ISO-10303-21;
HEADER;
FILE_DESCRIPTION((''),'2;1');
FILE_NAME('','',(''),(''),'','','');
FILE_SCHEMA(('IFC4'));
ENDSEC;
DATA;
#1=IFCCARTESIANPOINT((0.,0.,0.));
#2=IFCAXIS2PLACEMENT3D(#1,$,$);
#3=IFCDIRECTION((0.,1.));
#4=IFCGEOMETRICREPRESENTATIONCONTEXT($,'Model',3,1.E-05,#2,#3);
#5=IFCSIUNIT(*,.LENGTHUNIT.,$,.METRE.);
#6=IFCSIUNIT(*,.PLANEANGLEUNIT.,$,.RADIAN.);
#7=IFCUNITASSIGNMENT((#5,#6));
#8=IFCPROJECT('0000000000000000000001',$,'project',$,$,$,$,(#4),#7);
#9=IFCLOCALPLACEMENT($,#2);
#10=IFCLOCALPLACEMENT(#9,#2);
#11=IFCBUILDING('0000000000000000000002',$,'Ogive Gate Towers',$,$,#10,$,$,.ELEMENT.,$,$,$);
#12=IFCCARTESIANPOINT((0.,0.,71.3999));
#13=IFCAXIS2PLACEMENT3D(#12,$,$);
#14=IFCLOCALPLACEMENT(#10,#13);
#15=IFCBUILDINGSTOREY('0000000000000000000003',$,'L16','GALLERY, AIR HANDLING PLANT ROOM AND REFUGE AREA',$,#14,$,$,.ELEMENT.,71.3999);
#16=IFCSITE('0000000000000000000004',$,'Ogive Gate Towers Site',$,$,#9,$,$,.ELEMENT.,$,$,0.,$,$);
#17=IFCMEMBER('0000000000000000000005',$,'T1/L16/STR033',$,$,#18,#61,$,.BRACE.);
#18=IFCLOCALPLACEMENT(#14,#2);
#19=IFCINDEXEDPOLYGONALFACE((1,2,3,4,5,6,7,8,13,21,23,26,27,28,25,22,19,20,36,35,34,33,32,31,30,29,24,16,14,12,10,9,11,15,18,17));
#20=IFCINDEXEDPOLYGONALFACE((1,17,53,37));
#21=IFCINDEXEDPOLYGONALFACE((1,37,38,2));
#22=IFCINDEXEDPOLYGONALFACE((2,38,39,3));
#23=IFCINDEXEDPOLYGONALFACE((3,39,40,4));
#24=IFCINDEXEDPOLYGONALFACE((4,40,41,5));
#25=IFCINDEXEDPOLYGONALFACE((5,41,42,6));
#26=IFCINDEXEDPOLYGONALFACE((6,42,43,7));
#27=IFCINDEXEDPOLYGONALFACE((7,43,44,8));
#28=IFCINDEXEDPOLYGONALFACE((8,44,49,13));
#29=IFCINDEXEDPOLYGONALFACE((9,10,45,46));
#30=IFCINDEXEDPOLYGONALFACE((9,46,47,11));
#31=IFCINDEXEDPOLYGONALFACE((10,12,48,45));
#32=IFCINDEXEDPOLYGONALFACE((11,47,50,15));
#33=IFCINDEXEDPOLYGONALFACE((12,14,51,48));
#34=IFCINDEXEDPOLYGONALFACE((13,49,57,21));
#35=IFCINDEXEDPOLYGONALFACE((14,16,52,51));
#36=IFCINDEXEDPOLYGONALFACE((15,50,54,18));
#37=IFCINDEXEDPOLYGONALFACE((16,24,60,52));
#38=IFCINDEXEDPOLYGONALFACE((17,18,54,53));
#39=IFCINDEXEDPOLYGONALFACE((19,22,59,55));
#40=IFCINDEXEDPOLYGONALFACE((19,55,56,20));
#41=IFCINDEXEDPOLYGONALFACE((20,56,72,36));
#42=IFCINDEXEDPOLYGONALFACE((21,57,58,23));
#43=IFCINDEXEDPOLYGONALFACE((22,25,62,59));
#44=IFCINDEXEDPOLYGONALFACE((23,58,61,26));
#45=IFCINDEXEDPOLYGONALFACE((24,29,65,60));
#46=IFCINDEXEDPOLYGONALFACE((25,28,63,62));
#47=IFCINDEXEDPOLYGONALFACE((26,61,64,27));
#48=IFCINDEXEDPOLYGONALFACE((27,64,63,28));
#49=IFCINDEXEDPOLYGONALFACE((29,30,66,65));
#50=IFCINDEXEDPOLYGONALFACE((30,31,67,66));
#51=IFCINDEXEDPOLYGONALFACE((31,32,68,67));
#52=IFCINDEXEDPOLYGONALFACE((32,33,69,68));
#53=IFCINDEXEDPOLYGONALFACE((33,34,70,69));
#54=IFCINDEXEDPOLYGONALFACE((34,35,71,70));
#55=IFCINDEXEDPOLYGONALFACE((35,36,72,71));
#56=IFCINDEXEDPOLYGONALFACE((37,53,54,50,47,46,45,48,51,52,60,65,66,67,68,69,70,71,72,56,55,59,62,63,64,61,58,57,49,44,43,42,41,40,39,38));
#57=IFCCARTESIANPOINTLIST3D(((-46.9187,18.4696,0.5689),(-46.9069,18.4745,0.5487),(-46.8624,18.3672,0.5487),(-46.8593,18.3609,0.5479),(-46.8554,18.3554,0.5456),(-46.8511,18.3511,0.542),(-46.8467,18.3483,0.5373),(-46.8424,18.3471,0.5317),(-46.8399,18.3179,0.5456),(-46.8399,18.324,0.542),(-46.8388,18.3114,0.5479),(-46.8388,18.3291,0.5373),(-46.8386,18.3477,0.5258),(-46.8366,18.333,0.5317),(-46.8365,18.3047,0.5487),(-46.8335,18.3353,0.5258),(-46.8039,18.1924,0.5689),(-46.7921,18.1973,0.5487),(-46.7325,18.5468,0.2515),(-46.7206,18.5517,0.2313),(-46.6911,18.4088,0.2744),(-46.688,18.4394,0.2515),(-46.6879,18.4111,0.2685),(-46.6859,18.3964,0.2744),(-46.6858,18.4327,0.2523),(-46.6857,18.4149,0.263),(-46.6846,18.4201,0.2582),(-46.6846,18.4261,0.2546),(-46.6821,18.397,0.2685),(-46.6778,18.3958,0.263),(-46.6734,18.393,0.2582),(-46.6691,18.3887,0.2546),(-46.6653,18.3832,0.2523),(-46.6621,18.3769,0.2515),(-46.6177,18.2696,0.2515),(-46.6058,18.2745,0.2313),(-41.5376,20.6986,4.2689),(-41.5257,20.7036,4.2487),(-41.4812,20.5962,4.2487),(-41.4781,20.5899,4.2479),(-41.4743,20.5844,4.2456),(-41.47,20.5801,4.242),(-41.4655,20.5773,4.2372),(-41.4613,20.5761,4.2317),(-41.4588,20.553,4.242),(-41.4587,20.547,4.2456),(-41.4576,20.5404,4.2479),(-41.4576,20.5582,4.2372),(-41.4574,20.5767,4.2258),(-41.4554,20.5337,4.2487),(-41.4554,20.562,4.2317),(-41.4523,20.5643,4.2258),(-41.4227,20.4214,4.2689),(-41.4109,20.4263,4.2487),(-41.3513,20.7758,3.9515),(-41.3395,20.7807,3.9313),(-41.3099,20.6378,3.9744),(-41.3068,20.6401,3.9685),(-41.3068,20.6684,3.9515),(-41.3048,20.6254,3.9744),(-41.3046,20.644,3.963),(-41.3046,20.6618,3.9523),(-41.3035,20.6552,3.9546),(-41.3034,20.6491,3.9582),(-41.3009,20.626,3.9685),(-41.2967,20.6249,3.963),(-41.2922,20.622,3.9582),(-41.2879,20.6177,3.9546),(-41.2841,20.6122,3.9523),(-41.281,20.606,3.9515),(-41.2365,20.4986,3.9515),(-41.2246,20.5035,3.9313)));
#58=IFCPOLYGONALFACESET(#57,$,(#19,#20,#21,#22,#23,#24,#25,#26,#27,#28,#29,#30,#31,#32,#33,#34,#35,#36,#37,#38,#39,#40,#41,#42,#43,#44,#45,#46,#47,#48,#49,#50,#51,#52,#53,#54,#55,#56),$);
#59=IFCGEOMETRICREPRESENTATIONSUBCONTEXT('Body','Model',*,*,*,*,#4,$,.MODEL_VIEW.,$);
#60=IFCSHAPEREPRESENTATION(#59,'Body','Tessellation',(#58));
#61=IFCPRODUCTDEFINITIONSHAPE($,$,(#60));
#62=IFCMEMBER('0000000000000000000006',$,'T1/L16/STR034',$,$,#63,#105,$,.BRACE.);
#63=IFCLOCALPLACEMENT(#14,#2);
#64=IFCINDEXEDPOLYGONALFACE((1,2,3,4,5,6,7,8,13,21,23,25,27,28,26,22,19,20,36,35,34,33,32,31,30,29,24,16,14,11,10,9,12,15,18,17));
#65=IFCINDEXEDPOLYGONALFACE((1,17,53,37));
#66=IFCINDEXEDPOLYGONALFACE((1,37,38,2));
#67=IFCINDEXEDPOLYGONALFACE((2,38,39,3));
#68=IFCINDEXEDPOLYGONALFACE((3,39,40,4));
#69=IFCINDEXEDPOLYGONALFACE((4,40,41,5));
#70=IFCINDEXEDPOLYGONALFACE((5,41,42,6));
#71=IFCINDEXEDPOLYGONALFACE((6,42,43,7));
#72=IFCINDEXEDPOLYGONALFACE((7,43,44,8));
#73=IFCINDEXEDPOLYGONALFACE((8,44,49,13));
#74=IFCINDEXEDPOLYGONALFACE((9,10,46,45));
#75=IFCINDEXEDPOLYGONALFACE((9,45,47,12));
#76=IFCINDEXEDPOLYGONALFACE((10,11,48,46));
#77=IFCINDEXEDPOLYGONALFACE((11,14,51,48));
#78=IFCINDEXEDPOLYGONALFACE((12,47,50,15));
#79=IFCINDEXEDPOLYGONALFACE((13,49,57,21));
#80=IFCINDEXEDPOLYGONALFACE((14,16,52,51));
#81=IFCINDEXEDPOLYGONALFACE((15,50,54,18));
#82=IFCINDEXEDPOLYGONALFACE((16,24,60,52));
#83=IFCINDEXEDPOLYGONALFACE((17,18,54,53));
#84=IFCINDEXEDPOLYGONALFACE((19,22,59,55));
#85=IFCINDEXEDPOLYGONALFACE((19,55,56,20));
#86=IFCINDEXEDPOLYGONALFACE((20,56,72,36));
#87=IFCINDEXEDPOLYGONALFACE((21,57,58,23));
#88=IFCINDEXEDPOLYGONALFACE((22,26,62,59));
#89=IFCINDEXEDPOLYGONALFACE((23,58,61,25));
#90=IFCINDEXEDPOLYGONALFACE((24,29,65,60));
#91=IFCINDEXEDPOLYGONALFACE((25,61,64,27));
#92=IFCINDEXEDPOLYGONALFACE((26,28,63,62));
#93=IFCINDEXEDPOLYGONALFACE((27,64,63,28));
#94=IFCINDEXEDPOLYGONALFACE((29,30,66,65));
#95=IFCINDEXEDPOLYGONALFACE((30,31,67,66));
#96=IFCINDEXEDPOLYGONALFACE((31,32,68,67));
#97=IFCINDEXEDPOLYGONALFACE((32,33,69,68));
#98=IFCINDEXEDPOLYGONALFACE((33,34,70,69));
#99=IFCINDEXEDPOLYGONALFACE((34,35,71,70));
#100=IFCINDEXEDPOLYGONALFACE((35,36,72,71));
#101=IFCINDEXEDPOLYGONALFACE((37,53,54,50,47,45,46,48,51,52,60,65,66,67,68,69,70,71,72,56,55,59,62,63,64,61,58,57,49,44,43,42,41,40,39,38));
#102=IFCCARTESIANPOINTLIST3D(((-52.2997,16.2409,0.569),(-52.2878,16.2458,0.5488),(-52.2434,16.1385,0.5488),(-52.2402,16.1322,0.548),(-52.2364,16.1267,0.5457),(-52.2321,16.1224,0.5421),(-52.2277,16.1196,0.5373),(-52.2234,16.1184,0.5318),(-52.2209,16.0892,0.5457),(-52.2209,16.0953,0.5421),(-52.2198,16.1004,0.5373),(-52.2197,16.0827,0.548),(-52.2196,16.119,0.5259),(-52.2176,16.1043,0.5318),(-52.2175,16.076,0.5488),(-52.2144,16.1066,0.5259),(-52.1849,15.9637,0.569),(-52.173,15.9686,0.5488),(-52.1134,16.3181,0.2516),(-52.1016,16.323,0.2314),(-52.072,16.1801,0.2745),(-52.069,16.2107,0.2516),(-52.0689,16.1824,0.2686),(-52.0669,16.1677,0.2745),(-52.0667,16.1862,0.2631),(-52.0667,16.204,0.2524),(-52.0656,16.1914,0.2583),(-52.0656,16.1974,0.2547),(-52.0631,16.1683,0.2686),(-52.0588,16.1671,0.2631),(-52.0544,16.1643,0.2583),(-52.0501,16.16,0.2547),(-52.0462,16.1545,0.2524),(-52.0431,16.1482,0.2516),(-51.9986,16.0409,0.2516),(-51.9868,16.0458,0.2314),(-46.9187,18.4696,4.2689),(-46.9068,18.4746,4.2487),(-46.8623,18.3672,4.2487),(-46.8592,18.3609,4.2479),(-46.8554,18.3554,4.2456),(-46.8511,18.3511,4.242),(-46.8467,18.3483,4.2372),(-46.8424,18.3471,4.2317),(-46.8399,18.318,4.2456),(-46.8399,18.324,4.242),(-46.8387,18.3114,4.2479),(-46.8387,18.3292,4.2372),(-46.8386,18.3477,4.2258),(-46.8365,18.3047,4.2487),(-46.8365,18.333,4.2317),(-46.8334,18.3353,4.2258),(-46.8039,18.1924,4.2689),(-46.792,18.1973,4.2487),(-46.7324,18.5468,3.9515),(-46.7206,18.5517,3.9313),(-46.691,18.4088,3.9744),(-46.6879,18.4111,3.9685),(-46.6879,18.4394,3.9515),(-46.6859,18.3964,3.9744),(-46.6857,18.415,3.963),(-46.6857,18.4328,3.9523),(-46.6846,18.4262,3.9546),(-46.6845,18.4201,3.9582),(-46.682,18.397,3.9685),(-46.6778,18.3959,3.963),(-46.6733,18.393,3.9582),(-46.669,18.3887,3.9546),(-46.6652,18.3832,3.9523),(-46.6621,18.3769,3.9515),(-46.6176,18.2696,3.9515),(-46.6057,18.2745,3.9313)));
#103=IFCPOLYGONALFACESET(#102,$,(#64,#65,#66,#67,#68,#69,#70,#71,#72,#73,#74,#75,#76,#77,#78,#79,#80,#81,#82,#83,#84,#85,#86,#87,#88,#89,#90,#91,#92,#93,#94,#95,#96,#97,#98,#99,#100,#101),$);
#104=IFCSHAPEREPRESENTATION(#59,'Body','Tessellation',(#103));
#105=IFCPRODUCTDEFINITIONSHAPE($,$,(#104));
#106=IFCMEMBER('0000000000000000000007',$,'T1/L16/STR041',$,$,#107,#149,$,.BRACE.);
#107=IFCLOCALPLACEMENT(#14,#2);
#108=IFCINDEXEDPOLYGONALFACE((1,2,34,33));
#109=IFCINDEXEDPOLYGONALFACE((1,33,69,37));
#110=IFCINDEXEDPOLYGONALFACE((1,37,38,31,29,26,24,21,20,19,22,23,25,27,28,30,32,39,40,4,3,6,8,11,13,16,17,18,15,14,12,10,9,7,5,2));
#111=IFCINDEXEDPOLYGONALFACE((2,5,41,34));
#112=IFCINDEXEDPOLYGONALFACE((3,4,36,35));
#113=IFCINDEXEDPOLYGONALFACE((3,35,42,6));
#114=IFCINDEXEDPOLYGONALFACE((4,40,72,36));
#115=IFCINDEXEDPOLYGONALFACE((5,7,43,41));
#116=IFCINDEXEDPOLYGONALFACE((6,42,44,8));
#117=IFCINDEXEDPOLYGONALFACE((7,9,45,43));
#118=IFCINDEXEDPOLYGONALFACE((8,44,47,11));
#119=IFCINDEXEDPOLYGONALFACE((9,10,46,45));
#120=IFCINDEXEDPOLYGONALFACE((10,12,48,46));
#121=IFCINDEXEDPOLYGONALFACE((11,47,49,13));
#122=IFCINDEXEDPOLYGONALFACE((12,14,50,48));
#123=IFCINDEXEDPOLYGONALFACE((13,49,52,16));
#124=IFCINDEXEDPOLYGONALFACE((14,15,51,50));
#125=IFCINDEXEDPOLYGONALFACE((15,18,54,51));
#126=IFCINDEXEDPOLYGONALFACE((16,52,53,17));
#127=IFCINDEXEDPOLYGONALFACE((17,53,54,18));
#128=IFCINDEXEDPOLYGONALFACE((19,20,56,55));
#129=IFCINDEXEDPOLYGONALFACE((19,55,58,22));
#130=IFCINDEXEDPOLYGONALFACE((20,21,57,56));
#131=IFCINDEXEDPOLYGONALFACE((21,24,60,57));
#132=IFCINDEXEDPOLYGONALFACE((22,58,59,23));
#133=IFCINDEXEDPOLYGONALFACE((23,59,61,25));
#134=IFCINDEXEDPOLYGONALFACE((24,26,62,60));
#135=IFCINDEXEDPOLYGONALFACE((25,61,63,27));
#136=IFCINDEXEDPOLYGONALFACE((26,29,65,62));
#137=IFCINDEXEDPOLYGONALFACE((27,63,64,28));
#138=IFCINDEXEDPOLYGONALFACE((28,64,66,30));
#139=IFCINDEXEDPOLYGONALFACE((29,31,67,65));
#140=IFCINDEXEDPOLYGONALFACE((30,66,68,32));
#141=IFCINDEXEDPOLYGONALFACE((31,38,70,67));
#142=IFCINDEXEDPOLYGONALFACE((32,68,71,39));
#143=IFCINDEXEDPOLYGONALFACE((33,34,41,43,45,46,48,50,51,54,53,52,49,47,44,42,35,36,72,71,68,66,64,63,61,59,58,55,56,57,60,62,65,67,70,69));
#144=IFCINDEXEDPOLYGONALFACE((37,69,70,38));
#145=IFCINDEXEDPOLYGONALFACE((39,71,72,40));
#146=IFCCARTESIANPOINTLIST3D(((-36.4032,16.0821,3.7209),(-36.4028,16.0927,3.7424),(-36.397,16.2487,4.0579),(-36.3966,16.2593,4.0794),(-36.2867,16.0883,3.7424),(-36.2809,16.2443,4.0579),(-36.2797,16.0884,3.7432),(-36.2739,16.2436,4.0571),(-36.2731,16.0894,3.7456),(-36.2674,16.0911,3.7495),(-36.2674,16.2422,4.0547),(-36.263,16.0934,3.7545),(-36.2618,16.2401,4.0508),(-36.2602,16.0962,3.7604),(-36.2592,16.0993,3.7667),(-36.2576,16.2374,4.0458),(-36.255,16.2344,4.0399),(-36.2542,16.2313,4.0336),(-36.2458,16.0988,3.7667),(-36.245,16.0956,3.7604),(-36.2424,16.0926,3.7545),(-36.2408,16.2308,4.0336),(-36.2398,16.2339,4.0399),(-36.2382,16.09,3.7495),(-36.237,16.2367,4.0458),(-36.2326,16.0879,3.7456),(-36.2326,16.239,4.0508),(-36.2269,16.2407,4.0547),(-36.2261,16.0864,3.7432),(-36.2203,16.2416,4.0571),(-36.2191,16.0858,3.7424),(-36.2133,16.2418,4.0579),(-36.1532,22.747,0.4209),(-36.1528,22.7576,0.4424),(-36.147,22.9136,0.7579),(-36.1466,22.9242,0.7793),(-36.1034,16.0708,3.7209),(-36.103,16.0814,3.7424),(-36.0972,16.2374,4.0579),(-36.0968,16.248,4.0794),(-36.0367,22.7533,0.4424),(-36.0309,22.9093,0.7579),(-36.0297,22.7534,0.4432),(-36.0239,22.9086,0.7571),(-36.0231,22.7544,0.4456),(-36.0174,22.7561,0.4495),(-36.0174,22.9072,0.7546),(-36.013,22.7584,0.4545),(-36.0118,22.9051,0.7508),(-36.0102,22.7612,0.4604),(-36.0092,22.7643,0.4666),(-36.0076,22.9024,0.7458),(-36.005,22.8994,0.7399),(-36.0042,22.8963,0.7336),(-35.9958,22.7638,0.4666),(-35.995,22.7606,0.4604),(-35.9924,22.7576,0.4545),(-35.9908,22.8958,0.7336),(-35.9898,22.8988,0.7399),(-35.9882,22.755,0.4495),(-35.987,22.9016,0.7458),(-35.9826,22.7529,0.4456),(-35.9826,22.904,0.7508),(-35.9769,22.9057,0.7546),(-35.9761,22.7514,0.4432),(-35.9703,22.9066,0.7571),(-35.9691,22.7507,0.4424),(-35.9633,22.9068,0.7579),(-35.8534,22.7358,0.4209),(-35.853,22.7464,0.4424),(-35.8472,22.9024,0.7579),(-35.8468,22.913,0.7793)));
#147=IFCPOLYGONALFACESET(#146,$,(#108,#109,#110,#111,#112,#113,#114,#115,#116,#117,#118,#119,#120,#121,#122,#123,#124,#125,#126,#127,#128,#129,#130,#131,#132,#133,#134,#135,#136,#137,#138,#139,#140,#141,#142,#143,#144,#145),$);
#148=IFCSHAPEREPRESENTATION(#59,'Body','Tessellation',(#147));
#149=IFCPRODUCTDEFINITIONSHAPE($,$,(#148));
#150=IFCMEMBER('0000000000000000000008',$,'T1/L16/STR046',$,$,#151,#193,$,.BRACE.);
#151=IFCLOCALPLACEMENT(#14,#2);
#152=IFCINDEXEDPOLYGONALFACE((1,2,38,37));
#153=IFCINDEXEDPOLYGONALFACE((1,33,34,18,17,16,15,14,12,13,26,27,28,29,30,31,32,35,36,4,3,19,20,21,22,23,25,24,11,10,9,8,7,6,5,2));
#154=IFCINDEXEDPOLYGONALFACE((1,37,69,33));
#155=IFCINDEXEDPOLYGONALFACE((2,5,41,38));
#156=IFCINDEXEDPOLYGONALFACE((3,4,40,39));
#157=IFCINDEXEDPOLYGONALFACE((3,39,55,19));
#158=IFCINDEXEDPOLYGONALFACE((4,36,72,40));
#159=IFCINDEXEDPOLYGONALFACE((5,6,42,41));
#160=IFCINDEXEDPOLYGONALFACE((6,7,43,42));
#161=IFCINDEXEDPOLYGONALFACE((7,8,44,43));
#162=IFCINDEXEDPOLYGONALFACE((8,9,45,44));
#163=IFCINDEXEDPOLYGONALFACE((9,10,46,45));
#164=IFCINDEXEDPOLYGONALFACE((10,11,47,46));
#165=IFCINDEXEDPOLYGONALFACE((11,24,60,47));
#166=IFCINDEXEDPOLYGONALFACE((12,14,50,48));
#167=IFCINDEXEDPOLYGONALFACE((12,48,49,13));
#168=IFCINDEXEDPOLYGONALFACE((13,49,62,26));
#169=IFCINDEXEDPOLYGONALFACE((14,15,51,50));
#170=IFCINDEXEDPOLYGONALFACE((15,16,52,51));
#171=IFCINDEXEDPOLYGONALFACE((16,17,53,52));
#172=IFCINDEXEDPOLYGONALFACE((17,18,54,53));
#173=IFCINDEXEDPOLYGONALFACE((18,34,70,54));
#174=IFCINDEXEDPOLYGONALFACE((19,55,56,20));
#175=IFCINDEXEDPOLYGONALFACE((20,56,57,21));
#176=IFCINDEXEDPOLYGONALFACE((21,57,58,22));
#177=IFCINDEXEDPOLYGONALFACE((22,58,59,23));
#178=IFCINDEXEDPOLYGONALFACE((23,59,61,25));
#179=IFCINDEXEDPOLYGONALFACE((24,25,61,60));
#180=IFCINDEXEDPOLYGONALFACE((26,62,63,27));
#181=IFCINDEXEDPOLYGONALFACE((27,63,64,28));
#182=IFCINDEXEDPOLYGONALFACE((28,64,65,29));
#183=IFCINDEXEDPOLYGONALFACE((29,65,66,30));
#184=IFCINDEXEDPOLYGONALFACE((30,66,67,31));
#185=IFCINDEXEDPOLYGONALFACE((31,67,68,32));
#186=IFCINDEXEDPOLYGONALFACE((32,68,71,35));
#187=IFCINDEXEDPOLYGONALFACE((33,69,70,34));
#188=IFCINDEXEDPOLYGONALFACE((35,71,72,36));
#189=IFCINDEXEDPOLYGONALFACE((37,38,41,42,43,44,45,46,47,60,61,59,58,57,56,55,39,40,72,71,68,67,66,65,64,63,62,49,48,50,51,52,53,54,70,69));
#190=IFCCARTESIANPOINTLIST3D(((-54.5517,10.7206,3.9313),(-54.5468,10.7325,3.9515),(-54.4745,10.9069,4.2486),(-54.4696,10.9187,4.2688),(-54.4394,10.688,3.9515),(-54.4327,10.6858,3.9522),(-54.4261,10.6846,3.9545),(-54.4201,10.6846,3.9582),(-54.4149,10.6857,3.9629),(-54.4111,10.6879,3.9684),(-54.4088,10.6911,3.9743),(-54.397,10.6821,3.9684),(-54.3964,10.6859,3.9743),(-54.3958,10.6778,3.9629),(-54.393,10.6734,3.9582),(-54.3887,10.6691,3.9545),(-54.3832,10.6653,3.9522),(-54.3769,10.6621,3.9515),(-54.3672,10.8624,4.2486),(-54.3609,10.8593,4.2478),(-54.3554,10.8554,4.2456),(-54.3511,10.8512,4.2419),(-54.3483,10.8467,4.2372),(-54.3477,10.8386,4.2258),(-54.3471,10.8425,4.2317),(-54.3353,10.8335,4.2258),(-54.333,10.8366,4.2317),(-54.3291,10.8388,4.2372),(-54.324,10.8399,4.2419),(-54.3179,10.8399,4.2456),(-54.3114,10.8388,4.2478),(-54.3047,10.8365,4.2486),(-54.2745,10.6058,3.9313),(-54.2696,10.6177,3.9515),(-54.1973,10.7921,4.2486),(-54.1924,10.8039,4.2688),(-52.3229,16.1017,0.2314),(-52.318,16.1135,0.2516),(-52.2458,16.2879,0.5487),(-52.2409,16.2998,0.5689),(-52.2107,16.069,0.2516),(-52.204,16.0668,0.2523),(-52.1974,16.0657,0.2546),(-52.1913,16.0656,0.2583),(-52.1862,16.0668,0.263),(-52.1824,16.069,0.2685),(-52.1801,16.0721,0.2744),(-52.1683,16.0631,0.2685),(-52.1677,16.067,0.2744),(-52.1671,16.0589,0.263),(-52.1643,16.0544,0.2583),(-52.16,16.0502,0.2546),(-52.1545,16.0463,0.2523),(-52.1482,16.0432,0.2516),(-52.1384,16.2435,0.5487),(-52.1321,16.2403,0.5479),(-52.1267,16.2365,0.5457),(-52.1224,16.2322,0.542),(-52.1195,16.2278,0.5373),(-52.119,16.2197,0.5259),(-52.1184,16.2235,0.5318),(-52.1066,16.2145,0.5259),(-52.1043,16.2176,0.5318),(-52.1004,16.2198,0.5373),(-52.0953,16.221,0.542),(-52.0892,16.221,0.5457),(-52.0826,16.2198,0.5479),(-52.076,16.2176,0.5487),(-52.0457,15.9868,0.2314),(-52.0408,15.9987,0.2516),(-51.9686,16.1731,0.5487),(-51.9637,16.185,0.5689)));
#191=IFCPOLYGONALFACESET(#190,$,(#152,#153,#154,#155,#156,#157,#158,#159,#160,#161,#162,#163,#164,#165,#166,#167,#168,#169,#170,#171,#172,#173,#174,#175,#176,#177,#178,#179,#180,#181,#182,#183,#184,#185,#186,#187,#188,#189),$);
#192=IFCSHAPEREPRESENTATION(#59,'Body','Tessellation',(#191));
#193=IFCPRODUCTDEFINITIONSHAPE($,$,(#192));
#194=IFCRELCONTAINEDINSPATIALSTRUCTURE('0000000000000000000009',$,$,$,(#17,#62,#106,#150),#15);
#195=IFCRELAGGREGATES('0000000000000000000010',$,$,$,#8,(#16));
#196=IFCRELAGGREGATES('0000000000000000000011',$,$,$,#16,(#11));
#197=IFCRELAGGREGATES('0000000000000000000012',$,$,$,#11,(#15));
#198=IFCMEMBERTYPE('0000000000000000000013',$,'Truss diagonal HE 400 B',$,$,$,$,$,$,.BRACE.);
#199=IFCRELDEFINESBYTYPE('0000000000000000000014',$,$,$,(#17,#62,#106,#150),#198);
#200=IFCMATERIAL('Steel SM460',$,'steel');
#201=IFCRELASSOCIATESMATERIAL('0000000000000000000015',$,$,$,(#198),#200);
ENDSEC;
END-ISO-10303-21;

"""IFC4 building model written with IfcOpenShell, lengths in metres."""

from ifc_helpers import new_model, si_unit, direction, frame, origin, origin_2d, place, context, subcontext, project, spatial, i_section, extrude, material, material_profile, profile_set, type_object, element, save


model = new_model("IFC4")

# Units and contexts
model_context = context("Model", 3, precision=1e-05, world=origin(), true_north=direction((0.0, 1.0)))
body_context = subcontext(model_context, "Body", "Model", "MODEL_VIEW")
ifc_project = project(units=[si_unit("LENGTHUNIT", "METRE"), si_unit("PLANEANGLEUNIT", "RADIAN")], contexts=[model_context])

# Site, building, storey
site_placement = place(None, origin())
site = spatial("IfcSite", under=ifc_project, at=site_placement, Name="Ogive Gate Towers Site", CompositionType="ELEMENT", RefElevation=0.0)
building_placement = place(site_placement, origin())
building = spatial("IfcBuilding", under=site, at=building_placement, Name="Ogive Gate Towers", CompositionType="ELEMENT")
storey_placement = place(building_placement, frame((0.0, 0.0, 71.3999)))
storey = spatial("IfcBuildingStorey", under=building, at=storey_placement, Name="L16", Description="GALLERY, AIR HANDLING PLANT ROOM AND REFUGE AREA", CompositionType="ELEMENT", Elevation=71.3999)

# Shared definitions
ifc_material_1 = material(Name="Steel SM460", Category="steel")

# Members
ifc_material_profile_1 = material_profile(ifc_material_1, i_section(OverallWidth=0.3, OverallDepth=0.3999, WebThickness=0.0134, FlangeThickness=0.0239, FilletRadius=0.0271, at=origin_2d()), Name="HE 400 B")
ifc_profile_set_1 = profile_set([ifc_material_profile_1], Name="Steel SM460")
member_type_1 = type_object("IfcMemberType", Name="Truss diagonal HE 400 B", PredefinedType="BRACE", material=ifc_profile_set_1)
member_1_placement = place(storey_placement, frame((-41.3811, 20.6011, 4.1001), z_axis=(-0.779834, -0.323029, -0.5362), x_axis=(0.382695, -0.923875, 0.0)))
element("IfcMember", 1, at=member_1_placement, inside=storey, type_object=member_type_1, Name="T1/L16/STR033", PredefinedType="BRACE", context=body_context, shape_type="SweptSolid", body=[
    extrude(i_section(OverallWidth=0.3, OverallDepth=0.3999, WebThickness=0.0134, FlangeThickness=0.0239, FilletRadius=0.0271, at=origin_2d()), origin(), (0.0, 0.0, 1.0), 6.9004),
])
member_2_placement = place(storey_placement, frame((-46.7622, 18.3721, 4.1001), z_axis=(-0.779843, -0.322998, -0.536206), x_axis=(0.382659, -0.92389, 0.0)))
element("IfcMember", 2, at=member_2_placement, inside=storey, type_object=member_type_1, Name="T1/L16/STR034", PredefinedType="BRACE", context=body_context, shape_type="SweptSolid", body=[
    extrude(i_section(OverallWidth=0.3, OverallDepth=0.3999, WebThickness=0.0134, FlangeThickness=0.0239, FilletRadius=0.0271, at=origin_2d()), origin(), (0.0, 0.0, 1.0), 6.9001),
])
member_3_placement = place(storey_placement, frame((-36.25, 16.165, 3.9001), z_axis=(0.033595, 0.895661, -0.443467), x_axis=(-0.999297, 0.037483, 0.0)))
element("IfcMember", 3, at=member_3_placement, inside=storey, type_object=member_type_1, Name="T1/L16/STR041", PredefinedType="BRACE", context=body_context, shape_type="SweptSolid", body=[
    extrude(i_section(OverallWidth=0.3, OverallDepth=0.3999, WebThickness=0.0134, FlangeThickness=0.0239, FilletRadius=0.0271, at=origin_2d()), origin(), (0.0, 0.0, 1.0), 7.4414),
])
member_4_placement = place(storey_placement, frame((-52.1433, 16.1433, 0.4001), z_axis=(-0.322998, -0.779843, 0.536206), x_axis=(0.92389, -0.382659, 0.0)))
element("IfcMember", 4, at=member_4_placement, inside=storey, type_object=member_type_1, Name="T1/L16/STR046", PredefinedType="BRACE", context=body_context, shape_type="SweptSolid", body=[
    extrude(i_section(OverallWidth=0.3, OverallDepth=0.3999, WebThickness=0.0134, FlangeThickness=0.0239, FilletRadius=0.0271, at=origin_2d()), origin(), (0.0, 0.0, 1.0), 6.9001),
])

save(model, "model.ifc")
